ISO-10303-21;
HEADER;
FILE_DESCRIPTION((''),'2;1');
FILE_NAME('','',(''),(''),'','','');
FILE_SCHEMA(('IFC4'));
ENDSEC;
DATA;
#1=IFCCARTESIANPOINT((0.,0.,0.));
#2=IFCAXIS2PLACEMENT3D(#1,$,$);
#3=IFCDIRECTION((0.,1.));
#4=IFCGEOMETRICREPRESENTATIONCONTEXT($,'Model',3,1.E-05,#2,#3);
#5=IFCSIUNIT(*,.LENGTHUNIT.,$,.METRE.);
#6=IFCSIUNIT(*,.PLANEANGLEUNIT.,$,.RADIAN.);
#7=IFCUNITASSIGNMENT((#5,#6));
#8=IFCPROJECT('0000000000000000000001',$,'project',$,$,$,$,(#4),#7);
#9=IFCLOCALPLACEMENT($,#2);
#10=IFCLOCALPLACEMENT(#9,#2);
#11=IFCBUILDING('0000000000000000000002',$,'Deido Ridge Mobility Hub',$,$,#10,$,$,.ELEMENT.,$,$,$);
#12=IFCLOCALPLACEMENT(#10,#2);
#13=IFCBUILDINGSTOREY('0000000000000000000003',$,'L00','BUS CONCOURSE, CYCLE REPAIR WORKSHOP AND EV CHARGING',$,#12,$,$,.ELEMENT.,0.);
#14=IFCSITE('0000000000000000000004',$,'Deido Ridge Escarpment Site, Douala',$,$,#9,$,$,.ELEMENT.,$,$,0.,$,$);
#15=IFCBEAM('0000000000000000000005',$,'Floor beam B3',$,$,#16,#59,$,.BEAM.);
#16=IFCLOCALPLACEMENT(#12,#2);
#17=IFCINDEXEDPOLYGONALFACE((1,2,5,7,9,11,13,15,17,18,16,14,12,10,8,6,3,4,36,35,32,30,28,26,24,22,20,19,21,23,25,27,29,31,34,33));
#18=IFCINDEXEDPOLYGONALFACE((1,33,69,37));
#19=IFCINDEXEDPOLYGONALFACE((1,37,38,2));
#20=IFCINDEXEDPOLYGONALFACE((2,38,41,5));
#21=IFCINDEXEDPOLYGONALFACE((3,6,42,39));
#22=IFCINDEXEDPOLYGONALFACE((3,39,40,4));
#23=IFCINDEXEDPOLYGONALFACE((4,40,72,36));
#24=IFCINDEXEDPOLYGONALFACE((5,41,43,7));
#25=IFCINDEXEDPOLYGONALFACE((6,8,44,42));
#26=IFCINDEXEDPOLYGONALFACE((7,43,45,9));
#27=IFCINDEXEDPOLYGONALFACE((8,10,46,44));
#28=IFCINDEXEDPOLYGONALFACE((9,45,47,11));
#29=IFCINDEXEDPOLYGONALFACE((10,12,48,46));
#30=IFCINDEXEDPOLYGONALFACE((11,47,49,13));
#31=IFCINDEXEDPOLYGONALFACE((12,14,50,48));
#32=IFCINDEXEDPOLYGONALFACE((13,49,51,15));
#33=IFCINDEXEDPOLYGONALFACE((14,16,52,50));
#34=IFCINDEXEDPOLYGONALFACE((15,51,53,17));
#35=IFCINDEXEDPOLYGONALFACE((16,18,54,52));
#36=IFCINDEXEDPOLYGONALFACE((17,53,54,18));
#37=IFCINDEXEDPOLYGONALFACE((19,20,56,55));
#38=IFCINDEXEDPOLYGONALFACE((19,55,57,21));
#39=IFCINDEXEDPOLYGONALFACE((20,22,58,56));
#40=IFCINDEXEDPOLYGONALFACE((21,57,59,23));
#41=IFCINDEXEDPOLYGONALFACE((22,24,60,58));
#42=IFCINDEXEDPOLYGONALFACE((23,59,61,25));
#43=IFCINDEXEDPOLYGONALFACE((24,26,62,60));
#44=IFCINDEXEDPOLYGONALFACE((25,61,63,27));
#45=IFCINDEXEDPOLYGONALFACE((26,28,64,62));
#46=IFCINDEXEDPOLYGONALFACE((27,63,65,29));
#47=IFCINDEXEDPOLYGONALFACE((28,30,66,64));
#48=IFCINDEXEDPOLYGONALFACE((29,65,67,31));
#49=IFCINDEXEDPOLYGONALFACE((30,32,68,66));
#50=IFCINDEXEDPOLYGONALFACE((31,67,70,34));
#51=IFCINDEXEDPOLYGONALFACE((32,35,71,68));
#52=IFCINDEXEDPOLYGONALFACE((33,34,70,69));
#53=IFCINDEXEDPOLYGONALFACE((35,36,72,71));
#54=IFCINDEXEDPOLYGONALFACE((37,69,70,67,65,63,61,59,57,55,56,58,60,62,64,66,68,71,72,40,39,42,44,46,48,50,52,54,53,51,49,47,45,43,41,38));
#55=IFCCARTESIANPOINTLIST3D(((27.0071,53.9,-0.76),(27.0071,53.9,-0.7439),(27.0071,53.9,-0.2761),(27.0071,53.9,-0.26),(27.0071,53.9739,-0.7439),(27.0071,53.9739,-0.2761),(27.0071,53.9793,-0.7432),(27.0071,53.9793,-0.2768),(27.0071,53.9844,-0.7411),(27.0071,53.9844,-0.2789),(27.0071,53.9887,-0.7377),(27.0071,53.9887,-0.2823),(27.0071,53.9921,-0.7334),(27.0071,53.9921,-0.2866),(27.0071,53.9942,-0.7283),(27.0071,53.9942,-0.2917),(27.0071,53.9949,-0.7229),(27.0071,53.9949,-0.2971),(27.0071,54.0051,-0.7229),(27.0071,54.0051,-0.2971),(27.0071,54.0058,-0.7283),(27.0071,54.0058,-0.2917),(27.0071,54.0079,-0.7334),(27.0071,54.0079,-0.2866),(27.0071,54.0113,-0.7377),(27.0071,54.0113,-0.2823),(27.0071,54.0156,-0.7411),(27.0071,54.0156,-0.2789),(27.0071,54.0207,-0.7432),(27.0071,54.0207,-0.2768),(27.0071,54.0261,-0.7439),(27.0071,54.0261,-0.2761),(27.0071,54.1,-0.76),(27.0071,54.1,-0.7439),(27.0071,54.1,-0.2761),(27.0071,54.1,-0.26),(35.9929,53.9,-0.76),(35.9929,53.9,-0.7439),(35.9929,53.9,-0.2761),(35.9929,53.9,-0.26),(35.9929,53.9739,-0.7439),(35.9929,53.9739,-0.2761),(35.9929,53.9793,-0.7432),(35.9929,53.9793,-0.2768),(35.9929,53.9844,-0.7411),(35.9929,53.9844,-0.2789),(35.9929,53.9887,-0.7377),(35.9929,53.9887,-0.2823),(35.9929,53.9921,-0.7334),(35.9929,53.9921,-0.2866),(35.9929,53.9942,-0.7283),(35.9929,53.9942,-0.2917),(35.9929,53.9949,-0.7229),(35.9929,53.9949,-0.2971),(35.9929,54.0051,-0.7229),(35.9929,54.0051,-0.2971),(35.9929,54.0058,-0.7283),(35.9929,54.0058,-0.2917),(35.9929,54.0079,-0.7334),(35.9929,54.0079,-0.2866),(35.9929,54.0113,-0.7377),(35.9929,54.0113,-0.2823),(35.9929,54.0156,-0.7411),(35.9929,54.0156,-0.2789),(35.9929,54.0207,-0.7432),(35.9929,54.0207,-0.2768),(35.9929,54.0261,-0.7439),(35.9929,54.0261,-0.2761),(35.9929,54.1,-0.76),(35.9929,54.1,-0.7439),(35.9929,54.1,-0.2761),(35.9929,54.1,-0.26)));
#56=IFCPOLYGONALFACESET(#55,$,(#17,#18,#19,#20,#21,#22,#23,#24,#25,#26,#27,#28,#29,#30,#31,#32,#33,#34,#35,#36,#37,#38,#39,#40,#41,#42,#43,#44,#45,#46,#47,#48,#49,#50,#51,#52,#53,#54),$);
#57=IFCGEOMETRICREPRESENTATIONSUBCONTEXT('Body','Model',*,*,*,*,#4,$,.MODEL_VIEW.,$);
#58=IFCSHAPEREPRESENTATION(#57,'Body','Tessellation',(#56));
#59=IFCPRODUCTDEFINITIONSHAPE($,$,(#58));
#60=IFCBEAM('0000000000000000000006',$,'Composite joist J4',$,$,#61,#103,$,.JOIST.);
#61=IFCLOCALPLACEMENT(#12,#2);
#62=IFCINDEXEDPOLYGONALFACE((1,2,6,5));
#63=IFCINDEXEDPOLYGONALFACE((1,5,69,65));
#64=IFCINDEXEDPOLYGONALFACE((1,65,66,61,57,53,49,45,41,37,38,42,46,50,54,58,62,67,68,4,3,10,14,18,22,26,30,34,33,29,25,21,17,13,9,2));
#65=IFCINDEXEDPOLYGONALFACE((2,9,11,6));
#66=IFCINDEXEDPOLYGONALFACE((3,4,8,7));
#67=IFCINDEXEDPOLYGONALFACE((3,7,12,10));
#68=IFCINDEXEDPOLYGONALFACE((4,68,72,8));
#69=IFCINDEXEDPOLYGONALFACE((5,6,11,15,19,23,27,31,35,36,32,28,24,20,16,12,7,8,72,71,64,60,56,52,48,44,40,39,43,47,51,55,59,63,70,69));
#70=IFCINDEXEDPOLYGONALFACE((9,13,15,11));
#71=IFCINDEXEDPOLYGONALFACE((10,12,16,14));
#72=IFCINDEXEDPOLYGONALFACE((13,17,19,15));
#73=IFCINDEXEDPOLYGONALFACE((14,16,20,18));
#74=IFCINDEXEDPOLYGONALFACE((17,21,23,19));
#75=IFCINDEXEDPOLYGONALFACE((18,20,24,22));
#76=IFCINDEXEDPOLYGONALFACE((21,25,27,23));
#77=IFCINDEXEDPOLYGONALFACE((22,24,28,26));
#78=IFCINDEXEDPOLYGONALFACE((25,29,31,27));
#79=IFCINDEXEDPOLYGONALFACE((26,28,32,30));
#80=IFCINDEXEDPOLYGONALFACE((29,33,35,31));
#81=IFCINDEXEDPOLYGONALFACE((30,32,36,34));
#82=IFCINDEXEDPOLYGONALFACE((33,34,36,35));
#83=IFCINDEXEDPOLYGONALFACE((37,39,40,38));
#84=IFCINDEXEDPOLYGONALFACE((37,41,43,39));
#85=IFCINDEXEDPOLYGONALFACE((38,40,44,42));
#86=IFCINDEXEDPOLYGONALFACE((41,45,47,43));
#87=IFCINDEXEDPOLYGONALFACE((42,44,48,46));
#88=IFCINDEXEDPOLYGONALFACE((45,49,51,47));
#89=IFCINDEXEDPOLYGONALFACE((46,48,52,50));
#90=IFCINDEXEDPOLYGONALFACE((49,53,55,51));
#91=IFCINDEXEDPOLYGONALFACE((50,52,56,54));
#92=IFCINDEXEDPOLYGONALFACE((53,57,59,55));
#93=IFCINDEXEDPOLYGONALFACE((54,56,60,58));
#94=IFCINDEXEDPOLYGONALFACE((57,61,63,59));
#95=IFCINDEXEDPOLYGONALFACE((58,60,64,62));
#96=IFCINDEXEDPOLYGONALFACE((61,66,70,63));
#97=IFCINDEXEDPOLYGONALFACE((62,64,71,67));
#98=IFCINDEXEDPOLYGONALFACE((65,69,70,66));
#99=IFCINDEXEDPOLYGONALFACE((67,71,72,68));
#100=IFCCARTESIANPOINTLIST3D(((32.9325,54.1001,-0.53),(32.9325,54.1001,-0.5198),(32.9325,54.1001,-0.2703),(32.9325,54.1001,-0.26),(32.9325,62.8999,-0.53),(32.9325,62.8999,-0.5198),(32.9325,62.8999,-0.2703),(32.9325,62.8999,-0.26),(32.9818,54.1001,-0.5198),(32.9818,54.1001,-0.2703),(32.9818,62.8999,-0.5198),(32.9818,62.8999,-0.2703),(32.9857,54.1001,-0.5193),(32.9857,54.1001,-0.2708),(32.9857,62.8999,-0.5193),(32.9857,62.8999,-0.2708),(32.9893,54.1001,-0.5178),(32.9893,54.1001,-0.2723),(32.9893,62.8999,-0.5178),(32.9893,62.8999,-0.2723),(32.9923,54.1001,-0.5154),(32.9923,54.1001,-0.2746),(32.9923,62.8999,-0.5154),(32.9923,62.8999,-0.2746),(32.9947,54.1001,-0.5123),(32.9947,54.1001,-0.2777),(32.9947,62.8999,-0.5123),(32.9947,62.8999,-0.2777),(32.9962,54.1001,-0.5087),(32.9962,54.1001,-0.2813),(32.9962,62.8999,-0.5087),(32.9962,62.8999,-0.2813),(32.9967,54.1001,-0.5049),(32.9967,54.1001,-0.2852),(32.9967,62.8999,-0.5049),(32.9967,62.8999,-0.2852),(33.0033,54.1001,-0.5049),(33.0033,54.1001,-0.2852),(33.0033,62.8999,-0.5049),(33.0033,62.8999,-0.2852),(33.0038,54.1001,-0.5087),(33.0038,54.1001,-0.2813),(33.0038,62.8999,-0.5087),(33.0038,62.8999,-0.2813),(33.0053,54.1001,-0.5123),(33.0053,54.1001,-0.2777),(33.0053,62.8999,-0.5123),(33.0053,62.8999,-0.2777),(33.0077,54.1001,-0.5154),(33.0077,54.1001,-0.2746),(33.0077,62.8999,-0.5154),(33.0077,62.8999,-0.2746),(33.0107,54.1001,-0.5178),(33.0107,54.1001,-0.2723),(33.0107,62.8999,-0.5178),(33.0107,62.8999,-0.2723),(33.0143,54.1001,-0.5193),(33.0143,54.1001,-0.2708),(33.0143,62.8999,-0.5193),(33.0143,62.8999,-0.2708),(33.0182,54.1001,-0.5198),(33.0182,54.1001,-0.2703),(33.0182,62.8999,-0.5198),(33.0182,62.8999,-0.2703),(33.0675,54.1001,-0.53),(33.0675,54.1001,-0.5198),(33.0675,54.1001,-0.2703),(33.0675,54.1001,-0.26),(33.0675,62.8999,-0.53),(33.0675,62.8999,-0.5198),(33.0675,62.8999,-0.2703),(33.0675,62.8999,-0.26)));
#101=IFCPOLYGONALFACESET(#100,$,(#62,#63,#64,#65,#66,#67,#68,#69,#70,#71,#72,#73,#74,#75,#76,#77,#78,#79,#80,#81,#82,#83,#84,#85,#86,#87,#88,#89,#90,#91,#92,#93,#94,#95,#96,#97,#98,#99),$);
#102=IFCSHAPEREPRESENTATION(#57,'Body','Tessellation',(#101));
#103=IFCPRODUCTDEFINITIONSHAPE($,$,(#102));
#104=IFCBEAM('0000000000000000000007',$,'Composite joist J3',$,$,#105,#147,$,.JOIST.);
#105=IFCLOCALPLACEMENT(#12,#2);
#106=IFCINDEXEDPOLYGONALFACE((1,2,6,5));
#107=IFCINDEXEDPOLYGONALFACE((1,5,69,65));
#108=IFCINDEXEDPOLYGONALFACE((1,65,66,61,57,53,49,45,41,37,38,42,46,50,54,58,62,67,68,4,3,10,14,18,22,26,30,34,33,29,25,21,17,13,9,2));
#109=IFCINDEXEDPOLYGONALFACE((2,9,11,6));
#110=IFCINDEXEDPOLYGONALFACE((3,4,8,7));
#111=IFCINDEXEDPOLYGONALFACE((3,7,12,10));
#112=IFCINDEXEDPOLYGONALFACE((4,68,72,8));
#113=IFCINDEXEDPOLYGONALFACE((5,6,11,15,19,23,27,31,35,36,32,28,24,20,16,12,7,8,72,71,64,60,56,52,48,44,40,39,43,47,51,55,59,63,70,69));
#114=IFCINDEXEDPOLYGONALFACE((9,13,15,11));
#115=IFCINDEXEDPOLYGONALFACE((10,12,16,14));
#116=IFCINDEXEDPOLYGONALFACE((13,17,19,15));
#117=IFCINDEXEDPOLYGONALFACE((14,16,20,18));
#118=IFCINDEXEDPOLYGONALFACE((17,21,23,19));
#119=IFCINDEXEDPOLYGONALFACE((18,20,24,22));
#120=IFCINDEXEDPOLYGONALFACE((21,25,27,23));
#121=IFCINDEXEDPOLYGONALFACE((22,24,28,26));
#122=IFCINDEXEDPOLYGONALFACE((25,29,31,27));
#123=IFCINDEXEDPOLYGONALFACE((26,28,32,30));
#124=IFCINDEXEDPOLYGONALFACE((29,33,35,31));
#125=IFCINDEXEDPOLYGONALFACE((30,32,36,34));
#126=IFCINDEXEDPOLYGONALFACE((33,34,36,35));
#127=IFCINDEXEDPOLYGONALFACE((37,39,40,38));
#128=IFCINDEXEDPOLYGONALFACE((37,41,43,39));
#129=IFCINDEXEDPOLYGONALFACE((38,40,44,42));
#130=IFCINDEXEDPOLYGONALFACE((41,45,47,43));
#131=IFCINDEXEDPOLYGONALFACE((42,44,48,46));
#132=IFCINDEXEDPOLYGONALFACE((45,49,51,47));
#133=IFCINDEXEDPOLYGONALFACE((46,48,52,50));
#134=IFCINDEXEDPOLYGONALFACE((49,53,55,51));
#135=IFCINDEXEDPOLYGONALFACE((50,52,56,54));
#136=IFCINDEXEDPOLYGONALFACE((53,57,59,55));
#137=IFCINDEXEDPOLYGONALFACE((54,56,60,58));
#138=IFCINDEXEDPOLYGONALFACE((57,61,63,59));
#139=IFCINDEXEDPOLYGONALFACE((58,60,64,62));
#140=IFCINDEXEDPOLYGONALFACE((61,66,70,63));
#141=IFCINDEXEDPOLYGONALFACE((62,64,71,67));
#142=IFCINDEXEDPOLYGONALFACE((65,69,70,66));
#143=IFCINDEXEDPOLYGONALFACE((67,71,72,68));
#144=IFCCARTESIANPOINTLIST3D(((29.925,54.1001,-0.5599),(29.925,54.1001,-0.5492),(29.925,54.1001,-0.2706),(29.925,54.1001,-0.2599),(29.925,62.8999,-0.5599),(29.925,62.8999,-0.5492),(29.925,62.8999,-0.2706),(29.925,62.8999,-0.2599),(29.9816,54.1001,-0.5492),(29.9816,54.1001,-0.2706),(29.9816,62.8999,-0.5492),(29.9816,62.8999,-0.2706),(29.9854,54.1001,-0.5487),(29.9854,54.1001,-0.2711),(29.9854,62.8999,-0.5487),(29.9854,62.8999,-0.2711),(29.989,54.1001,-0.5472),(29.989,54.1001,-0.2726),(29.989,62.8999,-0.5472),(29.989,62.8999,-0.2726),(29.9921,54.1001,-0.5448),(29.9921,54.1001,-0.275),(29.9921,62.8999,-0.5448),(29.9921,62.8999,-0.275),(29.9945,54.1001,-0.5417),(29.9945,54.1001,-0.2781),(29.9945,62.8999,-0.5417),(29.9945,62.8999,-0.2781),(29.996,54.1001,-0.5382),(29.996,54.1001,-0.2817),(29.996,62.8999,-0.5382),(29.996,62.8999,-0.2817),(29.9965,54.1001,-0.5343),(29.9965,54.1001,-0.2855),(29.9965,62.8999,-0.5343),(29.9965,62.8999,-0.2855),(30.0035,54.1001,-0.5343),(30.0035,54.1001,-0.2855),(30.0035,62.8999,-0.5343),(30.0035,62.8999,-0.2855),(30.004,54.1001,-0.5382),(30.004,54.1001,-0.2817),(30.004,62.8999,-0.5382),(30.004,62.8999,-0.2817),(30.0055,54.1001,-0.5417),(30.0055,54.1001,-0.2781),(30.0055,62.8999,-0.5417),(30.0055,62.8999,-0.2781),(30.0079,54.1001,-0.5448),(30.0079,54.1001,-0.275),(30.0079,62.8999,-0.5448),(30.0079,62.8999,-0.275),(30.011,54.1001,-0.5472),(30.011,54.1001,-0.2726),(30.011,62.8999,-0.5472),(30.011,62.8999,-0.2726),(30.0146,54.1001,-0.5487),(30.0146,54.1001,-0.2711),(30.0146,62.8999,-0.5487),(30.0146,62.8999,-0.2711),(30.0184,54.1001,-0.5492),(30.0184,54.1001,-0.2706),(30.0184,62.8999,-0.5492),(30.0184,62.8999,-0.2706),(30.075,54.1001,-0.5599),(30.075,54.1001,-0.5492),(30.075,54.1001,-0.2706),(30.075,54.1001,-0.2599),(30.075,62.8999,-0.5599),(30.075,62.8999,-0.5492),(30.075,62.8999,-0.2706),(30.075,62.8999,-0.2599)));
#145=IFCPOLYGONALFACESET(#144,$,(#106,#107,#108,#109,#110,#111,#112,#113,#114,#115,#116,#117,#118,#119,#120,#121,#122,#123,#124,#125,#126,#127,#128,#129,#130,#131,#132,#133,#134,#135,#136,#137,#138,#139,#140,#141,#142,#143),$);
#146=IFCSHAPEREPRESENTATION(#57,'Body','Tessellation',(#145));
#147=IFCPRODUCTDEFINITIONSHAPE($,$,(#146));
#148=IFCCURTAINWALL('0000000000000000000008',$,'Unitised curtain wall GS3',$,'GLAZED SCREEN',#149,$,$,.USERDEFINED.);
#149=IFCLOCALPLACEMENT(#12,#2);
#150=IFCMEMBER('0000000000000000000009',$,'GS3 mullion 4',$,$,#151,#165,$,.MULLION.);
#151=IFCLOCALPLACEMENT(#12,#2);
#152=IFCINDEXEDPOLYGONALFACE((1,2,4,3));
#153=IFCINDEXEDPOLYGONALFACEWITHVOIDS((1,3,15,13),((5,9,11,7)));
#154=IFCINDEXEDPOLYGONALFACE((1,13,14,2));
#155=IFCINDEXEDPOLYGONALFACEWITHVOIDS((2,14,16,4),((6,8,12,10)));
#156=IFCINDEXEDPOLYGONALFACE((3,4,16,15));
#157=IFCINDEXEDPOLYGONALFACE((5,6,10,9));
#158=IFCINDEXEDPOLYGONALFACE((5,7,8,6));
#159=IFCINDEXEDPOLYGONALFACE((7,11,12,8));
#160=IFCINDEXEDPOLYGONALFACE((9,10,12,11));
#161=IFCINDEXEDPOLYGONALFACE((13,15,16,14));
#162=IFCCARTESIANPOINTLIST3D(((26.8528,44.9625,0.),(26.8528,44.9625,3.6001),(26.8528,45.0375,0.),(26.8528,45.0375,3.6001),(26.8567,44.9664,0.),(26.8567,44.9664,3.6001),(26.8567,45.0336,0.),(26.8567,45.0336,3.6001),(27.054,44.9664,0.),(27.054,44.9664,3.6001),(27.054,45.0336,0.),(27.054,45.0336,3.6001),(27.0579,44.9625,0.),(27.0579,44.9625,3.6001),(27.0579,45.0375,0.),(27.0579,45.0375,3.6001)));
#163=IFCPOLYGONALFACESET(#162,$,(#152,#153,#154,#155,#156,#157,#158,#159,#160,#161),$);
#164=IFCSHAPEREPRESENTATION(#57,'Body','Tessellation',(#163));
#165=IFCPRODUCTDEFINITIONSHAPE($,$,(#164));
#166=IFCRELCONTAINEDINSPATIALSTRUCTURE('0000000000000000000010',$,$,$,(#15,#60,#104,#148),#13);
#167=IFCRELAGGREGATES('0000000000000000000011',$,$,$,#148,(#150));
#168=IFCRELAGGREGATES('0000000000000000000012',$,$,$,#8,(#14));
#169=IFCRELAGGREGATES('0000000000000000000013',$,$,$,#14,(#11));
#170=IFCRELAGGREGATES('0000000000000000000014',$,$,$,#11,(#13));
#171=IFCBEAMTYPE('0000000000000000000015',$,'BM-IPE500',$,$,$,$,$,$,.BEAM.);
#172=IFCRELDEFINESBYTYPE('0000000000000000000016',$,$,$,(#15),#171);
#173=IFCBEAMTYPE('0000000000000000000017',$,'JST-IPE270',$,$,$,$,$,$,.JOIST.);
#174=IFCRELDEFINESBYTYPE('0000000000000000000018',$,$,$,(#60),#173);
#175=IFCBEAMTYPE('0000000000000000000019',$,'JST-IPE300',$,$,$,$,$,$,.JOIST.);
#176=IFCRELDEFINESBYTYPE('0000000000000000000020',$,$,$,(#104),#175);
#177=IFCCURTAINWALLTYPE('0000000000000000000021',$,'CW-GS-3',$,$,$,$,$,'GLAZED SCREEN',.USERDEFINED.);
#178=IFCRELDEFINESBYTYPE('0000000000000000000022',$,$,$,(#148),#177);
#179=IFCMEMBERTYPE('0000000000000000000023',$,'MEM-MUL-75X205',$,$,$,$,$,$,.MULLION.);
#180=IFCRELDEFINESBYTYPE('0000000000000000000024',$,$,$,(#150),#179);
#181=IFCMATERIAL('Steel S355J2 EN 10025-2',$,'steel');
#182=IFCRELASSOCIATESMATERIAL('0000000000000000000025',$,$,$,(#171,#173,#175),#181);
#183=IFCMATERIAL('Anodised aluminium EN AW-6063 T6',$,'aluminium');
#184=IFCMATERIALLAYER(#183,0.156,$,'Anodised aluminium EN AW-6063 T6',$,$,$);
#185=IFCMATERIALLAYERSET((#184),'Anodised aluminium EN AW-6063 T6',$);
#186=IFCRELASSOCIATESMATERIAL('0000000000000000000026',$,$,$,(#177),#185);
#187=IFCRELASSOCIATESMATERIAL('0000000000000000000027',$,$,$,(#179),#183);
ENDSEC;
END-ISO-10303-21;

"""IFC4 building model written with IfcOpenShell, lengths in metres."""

from ifc_helpers import new_model, si_unit, direction, frame, origin, origin_2d, place, context, subcontext, project, spatial, hollow_rectangle, i_section, extrude, material, layer, layer_set, material_profile, profile_set, type_object, element, aggregate, save


model = new_model("IFC4")

# Units and contexts
model_context = context("Model", 3, precision=1e-05, world=origin(), true_north=direction((0.0, 1.0)))
body_context = subcontext(model_context, "Body", "Model", "MODEL_VIEW")
ifc_project = project(units=[si_unit("LENGTHUNIT", "METRE"), si_unit("PLANEANGLEUNIT", "RADIAN")], contexts=[model_context])

# Site, building, storey
site_placement = place(None, origin())
site = spatial("IfcSite", under=ifc_project, at=site_placement, Name="Deido Ridge Escarpment Site, Douala", CompositionType="ELEMENT", RefElevation=0.0)
building_placement = place(site_placement, origin())
building = spatial("IfcBuilding", under=site, at=building_placement, Name="Deido Ridge Mobility Hub", CompositionType="ELEMENT")
storey_placement = place(building_placement, origin())
storey = spatial("IfcBuildingStorey", under=building, at=storey_placement, Name="L00", Description="BUS CONCOURSE, CYCLE REPAIR WORKSHOP AND EV CHARGING", CompositionType="ELEMENT", Elevation=0.0)

# Shared definitions
ifc_material_1 = material(Name="Steel S355J2 EN 10025-2", Category="steel")

# Beams
ifc_material_profile_1 = material_profile(ifc_material_1, i_section(OverallWidth=0.2, OverallDepth=0.5, WebThickness=0.0103, FlangeThickness=0.0161, FilletRadius=0.021, at=origin_2d()), Name="IPE 500")
ifc_profile_set_1 = profile_set([ifc_material_profile_1], Name="Steel S355J2 EN 10025-2")
beam_type_1 = type_object("IfcBeamType", Name="BM-IPE500", PredefinedType="BEAM", material=ifc_profile_set_1)
beam_1_placement = place(storey_placement, frame((27.0071, 54.0, -0.51), z_axis=(1.0, 0.0, 0.0), x_axis=(0.0, 1.0, 0.0)))
element("IfcBeam", 1, at=beam_1_placement, inside=storey, type_object=beam_type_1, Name="Floor beam B3", PredefinedType="BEAM", context=body_context, shape_type="SweptSolid", body=[
    extrude(i_section(OverallWidth=0.2, OverallDepth=0.5, WebThickness=0.0103, FlangeThickness=0.0161, FilletRadius=0.021, at=origin_2d()), origin(), (0.0, 0.0, 1.0), 8.9858),
])
ifc_material_profile_2 = material_profile(ifc_material_1, i_section(OverallWidth=0.135, OverallDepth=0.27, WebThickness=0.0066, FlangeThickness=0.0103, FilletRadius=0.0149, at=origin_2d()), Name="IPE 270")
ifc_profile_set_2 = profile_set([ifc_material_profile_2], Name="Steel S355J2 EN 10025-2")
beam_type_2 = type_object("IfcBeamType", Name="JST-IPE270", PredefinedType="JOIST", material=ifc_profile_set_2)
beam_2_placement = place(storey_placement, frame((33.0, 54.1001, -0.395), z_axis=(0.0, 1.0, 0.0), x_axis=(-1.0, 0.0, 0.0)))
element("IfcBeam", 2, at=beam_2_placement, inside=storey, type_object=beam_type_2, Name="Composite joist J4", PredefinedType="JOIST", context=body_context, shape_type="SweptSolid", body=[
    extrude(i_section(OverallWidth=0.135, OverallDepth=0.27, WebThickness=0.0066, FlangeThickness=0.0103, FilletRadius=0.0149, at=origin_2d()), origin(), (0.0, 0.0, 1.0), 8.7998),
])
ifc_material_profile_3 = material_profile(ifc_material_1, i_section(OverallWidth=0.1499, OverallDepth=0.3, WebThickness=0.0071, FlangeThickness=0.0107, FilletRadius=0.0149, at=origin_2d()), Name="IPE 300")
ifc_profile_set_3 = profile_set([ifc_material_profile_3], Name="Steel S355J2 EN 10025-2")
beam_type_3 = type_object("IfcBeamType", Name="JST-IPE300", PredefinedType="JOIST", material=ifc_profile_set_3)
beam_3_placement = place(storey_placement, frame((30.0, 54.1001, -0.4099), z_axis=(0.0, 1.0, 0.0), x_axis=(-1.0, 0.0, 0.0)))
element("IfcBeam", 3, at=beam_3_placement, inside=storey, type_object=beam_type_3, Name="Composite joist J3", PredefinedType="JOIST", context=body_context, shape_type="SweptSolid", body=[
    extrude(i_section(OverallWidth=0.1499, OverallDepth=0.3, WebThickness=0.0071, FlangeThickness=0.0107, FilletRadius=0.0149, at=origin_2d()), origin(), (0.0, 0.0, 1.0), 8.7998),
])

# Curtain wall, member
ifc_material_2 = material(Name="Anodised aluminium EN AW-6063 T6", Category="aluminium")
ifc_layer_1 = layer(ifc_material_2, 0.156, Name="Anodised aluminium EN AW-6063 T6")
ifc_layer_set_1 = layer_set([ifc_layer_1], Name="Anodised aluminium EN AW-6063 T6")
curtain_wall_type = type_object("IfcCurtainWallType", Name="CW-GS-3", ElementType="GLAZED SCREEN", PredefinedType="USERDEFINED", material=ifc_layer_set_1)
curtain_wall_placement = place(storey_placement, origin())
curtain_wall = element("IfcCurtainWall", 4, at=curtain_wall_placement, inside=storey, type_object=curtain_wall_type, Name="Unitised curtain wall GS3", ObjectType="GLAZED SCREEN", PredefinedType="USERDEFINED")
ifc_material_profile_4 = material_profile(ifc_material_2, hollow_rectangle(XDim=0.075, YDim=0.2051, WallThickness=0.0039, at=origin_2d()), Name="RHS 75x205x4")
ifc_profile_set_4 = profile_set([ifc_material_profile_4], Name="Anodised aluminium EN AW-6063 T6")
member_type = type_object("IfcMemberType", Name="MEM-MUL-75X205", PredefinedType="MULLION", material=ifc_profile_set_4)
member_placement = place(storey_placement, frame((26.9553, 45.0, 0.0), z_axis=(0.0, 0.0, 1.0), x_axis=(0.0, 1.0, 0.0)))
member = element("IfcMember", 5, at=member_placement, type_object=member_type, Name="GS3 mullion 4", PredefinedType="MULLION", context=body_context, shape_type="SweptSolid", body=[
    extrude(hollow_rectangle(XDim=0.075, YDim=0.2051, WallThickness=0.0039, at=origin_2d()), origin(), (0.0, 0.0, 1.0), 3.6001),
])

aggregate(curtain_wall, [member])

save(model, "model.ifc")
